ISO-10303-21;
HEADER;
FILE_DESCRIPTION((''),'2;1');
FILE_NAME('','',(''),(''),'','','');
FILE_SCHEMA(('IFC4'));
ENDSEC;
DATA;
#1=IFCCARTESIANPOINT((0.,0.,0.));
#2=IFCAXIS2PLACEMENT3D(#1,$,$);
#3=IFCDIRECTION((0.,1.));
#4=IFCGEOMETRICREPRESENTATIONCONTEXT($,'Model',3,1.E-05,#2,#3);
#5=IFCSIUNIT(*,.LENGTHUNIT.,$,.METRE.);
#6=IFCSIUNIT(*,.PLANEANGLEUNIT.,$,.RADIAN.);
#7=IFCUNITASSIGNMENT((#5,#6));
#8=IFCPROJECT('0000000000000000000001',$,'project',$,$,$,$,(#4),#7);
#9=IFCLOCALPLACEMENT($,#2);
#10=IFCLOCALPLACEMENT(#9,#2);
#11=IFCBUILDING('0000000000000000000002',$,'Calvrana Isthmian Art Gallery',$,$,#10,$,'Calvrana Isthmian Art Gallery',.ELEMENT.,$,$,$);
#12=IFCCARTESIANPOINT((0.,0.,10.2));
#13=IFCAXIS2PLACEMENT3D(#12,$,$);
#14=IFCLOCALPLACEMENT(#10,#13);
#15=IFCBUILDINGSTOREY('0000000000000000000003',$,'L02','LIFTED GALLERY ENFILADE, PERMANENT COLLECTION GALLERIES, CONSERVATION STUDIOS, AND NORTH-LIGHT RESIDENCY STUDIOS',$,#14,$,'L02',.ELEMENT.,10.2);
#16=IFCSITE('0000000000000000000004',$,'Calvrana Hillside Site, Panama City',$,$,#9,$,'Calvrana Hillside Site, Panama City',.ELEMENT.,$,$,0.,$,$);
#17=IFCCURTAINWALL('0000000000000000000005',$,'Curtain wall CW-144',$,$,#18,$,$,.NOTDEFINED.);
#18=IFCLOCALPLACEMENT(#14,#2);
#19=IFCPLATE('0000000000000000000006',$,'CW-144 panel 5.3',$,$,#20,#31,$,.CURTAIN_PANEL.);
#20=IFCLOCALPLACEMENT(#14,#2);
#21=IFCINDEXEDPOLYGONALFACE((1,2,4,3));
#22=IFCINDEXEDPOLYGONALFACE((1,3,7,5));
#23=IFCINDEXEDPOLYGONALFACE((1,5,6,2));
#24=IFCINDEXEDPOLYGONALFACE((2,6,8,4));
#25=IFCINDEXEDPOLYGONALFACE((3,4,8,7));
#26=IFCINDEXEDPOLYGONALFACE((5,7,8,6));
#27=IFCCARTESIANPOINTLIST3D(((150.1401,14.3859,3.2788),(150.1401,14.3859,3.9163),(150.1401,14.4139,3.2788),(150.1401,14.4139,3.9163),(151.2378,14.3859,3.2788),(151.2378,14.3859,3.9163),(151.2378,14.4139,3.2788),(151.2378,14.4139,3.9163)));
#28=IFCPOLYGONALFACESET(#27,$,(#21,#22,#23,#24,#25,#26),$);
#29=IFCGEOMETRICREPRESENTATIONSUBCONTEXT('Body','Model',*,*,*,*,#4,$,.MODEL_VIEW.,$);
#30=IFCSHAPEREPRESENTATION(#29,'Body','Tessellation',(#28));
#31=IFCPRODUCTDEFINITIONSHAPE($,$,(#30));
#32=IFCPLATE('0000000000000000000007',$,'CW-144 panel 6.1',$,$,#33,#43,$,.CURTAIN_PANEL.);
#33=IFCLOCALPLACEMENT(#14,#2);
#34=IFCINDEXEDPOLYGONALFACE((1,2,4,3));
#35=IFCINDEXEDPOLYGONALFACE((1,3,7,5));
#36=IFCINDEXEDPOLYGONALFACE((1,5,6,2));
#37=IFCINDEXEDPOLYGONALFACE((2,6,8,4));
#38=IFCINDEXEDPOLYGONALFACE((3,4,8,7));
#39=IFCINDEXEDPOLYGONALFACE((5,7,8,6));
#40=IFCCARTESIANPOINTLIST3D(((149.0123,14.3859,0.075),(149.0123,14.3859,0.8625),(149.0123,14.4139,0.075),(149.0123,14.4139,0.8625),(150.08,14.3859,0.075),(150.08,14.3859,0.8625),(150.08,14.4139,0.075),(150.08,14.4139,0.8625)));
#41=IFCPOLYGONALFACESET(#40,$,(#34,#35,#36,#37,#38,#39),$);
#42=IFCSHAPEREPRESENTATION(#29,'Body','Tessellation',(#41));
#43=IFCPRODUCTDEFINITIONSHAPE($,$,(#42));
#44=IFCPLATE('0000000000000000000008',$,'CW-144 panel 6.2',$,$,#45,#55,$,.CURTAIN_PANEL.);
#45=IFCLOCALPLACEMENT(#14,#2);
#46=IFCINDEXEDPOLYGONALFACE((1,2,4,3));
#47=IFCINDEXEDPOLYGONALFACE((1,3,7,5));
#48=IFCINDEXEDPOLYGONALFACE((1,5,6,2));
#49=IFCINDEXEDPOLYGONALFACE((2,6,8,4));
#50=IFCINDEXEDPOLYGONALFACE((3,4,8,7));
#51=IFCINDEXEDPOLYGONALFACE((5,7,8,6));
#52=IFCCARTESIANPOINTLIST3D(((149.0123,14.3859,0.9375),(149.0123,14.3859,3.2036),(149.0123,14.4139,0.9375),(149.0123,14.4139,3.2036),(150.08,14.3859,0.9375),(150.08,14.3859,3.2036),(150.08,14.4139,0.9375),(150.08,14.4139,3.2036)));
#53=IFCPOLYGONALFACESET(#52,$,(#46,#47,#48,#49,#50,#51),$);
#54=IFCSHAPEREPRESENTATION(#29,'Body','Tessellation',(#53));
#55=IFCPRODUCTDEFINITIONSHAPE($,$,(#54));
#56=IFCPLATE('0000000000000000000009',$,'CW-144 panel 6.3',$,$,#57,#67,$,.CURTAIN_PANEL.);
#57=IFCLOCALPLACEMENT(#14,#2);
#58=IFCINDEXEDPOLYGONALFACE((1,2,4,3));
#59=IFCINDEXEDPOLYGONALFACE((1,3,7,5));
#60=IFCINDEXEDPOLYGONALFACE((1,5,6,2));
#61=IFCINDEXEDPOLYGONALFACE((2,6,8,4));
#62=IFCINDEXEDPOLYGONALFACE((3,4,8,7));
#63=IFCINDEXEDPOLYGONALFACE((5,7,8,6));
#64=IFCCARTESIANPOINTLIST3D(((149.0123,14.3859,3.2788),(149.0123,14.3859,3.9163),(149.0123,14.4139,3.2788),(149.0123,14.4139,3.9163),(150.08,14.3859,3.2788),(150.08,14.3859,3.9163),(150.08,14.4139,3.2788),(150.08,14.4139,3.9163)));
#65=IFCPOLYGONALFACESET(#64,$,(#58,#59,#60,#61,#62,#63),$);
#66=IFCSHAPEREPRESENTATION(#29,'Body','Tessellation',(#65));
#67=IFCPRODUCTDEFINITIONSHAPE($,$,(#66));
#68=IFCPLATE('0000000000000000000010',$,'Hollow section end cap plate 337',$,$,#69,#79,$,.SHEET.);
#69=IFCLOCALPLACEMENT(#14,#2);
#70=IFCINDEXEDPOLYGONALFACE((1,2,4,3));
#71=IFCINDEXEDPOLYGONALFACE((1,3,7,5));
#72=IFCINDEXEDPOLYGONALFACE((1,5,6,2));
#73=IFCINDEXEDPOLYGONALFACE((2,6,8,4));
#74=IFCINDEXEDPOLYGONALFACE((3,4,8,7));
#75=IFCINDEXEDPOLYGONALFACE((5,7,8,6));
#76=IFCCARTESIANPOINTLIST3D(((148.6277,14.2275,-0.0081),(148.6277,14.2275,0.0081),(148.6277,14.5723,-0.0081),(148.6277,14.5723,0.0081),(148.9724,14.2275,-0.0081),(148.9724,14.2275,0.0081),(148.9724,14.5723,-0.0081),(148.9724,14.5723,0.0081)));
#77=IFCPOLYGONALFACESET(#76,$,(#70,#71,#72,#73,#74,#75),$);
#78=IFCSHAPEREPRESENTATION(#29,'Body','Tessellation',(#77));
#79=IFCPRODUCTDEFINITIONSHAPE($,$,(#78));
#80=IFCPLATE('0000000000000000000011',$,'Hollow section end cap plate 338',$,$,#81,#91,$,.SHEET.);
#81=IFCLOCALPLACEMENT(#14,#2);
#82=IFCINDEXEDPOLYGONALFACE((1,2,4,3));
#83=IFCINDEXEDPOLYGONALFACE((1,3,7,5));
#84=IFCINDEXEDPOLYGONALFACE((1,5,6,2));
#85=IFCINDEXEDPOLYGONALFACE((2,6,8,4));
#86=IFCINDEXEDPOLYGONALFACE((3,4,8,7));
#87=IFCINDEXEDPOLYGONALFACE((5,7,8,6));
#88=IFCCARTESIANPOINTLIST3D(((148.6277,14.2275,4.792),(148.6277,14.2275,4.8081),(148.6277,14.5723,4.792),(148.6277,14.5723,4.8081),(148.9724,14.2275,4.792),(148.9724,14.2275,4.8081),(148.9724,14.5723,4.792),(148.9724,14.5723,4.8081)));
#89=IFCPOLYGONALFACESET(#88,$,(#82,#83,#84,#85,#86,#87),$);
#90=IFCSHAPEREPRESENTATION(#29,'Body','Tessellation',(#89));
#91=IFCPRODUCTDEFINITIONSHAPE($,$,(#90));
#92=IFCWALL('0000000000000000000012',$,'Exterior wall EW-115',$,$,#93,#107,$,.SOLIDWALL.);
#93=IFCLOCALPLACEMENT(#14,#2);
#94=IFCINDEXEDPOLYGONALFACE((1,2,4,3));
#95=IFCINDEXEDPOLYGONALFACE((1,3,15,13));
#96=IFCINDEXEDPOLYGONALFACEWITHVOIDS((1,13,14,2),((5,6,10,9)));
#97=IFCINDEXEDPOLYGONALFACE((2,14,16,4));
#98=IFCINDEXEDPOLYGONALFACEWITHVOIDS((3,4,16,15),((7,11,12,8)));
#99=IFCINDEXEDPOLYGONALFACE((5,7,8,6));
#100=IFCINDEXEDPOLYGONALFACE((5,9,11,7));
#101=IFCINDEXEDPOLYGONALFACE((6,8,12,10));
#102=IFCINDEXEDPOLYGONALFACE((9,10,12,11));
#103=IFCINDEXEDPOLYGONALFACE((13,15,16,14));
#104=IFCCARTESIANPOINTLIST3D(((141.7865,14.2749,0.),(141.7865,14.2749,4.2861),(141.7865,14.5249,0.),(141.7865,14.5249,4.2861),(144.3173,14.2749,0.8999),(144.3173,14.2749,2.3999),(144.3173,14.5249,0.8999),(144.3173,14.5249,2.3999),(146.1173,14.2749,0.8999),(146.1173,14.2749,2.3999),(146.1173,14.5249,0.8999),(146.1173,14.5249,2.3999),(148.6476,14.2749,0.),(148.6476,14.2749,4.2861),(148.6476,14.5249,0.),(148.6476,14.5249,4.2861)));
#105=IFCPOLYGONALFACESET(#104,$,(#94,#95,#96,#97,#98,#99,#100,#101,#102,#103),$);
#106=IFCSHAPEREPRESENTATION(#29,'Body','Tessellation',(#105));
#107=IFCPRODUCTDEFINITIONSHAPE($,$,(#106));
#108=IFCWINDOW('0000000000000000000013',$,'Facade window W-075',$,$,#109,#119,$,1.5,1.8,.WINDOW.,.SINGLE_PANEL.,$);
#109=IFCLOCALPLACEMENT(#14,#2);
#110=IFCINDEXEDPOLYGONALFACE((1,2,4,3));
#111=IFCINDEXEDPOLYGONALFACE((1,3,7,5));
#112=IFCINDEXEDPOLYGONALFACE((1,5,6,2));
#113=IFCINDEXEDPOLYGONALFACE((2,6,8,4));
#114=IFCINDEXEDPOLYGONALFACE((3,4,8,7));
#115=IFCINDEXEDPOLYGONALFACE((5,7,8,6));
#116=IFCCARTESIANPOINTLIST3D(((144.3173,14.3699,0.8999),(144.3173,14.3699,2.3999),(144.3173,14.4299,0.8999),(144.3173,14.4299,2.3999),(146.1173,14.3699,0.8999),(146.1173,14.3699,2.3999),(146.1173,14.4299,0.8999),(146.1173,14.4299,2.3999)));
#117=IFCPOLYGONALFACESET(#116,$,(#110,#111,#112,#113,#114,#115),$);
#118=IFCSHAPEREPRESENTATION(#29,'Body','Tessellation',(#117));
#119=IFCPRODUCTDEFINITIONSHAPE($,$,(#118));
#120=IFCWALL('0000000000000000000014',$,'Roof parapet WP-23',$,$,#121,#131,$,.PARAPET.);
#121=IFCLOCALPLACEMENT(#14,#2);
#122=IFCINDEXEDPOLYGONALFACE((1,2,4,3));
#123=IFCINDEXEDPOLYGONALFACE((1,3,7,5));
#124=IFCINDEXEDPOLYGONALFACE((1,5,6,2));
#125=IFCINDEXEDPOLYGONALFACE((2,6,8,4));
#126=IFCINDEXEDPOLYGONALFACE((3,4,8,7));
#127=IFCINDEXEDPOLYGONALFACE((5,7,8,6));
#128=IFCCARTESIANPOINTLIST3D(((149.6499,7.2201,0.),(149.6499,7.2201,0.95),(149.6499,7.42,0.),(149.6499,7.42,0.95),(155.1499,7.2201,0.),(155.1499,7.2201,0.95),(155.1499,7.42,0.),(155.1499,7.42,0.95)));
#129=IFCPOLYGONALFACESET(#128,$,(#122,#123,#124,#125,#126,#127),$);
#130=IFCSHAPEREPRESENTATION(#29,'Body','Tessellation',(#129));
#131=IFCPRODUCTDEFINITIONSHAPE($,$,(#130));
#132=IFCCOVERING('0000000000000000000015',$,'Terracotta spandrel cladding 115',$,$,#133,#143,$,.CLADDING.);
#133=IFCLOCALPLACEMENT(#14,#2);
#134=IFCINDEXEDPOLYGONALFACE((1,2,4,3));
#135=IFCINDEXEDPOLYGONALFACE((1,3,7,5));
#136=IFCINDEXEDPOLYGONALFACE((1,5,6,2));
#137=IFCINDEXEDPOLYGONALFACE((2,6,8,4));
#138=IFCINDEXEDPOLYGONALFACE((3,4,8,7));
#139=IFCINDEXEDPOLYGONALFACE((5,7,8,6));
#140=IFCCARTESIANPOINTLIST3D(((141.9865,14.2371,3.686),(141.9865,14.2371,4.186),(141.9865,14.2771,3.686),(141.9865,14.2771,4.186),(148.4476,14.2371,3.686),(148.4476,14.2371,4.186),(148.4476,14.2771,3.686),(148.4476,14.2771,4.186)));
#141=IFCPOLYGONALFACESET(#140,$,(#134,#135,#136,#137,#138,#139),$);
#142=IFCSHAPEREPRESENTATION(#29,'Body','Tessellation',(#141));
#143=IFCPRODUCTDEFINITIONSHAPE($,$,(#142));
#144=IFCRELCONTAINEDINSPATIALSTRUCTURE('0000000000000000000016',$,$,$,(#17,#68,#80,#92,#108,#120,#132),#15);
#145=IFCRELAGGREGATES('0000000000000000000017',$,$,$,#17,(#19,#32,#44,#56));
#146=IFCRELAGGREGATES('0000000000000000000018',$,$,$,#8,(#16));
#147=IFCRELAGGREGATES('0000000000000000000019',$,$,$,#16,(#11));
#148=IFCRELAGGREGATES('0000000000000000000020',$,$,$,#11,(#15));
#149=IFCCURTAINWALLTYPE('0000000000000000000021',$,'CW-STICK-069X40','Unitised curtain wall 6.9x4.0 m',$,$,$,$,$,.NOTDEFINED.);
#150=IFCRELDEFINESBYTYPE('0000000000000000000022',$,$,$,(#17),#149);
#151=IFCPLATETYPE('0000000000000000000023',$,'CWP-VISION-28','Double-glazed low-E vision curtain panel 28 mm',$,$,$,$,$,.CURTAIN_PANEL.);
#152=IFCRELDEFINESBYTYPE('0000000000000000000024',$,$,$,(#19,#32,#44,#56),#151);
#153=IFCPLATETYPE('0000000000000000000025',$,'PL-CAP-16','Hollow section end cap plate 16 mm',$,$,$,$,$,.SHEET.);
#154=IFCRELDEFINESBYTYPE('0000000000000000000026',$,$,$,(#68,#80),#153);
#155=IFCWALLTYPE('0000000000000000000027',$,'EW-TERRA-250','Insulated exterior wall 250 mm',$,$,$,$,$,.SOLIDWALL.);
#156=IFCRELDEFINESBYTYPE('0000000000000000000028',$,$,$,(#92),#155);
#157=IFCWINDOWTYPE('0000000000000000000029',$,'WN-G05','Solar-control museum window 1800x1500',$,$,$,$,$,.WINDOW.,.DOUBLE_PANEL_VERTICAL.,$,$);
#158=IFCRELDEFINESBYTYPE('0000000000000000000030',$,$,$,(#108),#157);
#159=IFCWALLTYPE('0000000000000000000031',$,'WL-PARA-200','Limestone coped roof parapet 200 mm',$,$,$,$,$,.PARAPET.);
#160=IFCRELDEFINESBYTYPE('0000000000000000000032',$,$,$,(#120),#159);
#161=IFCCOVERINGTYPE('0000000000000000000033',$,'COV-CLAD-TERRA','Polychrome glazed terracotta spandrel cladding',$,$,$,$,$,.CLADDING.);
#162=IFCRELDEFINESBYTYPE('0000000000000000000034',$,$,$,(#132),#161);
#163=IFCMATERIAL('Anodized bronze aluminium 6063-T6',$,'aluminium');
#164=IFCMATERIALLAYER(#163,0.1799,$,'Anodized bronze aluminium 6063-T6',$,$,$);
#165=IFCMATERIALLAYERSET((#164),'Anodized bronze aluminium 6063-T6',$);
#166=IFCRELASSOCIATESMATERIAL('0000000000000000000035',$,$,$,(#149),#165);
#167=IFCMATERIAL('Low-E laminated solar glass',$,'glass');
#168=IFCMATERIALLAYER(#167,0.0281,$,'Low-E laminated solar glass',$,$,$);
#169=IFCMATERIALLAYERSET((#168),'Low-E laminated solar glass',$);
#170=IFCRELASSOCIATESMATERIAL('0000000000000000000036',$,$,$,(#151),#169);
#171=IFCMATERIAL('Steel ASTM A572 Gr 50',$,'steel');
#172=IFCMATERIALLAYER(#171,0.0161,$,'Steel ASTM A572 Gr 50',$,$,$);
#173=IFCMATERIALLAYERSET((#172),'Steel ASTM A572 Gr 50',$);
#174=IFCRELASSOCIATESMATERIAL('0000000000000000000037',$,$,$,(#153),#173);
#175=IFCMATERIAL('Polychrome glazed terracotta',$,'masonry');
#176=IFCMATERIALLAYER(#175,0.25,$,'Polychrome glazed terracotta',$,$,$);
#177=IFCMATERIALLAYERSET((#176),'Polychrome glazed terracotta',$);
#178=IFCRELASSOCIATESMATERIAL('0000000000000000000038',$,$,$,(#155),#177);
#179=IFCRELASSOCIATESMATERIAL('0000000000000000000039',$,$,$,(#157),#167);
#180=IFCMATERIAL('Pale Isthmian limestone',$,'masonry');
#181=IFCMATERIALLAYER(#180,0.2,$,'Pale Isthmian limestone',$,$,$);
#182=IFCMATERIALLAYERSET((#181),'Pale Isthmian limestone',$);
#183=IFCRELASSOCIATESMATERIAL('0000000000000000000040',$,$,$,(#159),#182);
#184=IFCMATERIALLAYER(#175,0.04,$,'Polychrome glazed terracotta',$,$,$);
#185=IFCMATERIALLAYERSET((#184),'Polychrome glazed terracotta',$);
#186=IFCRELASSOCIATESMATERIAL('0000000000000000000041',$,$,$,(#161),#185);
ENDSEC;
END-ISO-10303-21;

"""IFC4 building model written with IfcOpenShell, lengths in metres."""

from ifc_helpers import new_model, si_unit, direction, frame, frame_2d, origin, origin_2d, place, context, subcontext, project, spatial, rectangle, extrude, material, layer, layer_set, type_object, element, fill, aggregate, save


model = new_model("IFC4")

# Units and contexts
model_context = context("Model", 3, precision=1e-05, world=origin(), true_north=direction((0.0, 1.0)))
body_context = subcontext(model_context, "Body", "Model", "MODEL_VIEW")
ifc_project = project(units=[si_unit("LENGTHUNIT", "METRE"), si_unit("PLANEANGLEUNIT", "RADIAN")], contexts=[model_context])

# Site, building, storey
site_placement = place(None, origin())
site = spatial("IfcSite", under=ifc_project, at=site_placement, Name="Calvrana Hillside Site, Panama City", LongName="Calvrana Hillside Site, Panama City", CompositionType="ELEMENT", RefElevation=0.0)
building_placement = place(site_placement, origin())
building = spatial("IfcBuilding", under=site, at=building_placement, Name="Calvrana Isthmian Art Gallery", LongName="Calvrana Isthmian Art Gallery", CompositionType="ELEMENT")
storey_placement = place(building_placement, frame((0.0, 0.0, 10.2)))
storey = spatial("IfcBuildingStorey", under=building, at=storey_placement, Name="L02", Description="LIFTED GALLERY ENFILADE, PERMANENT COLLECTION GALLERIES, CONSERVATION STUDIOS, AND NORTH-LIGHT RESIDENCY STUDIOS", LongName="L02", CompositionType="ELEMENT", Elevation=10.2)

# Curtain wall, plates
ifc_material_1 = material(Name="Anodized bronze aluminium 6063-T6", Category="aluminium")
ifc_layer_1 = layer(ifc_material_1, 0.1799, Name="Anodized bronze aluminium 6063-T6")
ifc_layer_set_1 = layer_set([ifc_layer_1], Name="Anodized bronze aluminium 6063-T6")
curtain_wall_type = type_object("IfcCurtainWallType", Name="CW-STICK-069X40", Description="Unitised curtain wall 6.9x4.0 m", PredefinedType="NOTDEFINED", material=ifc_layer_set_1)
curtain_wall_placement = place(storey_placement, origin())
curtain_wall = element("IfcCurtainWall", 1, at=curtain_wall_placement, inside=storey, type_object=curtain_wall_type, Name="Curtain wall CW-144", PredefinedType="NOTDEFINED")
ifc_material_2 = material(Name="Low-E laminated solar glass", Category="glass")
ifc_layer_2 = layer(ifc_material_2, 0.0281, Name="Low-E laminated solar glass")
ifc_layer_set_2 = layer_set([ifc_layer_2], Name="Low-E laminated solar glass")
plate_type_1 = type_object("IfcPlateType", Name="CWP-VISION-28", Description="Double-glazed low-E vision curtain panel 28 mm", PredefinedType="CURTAIN_PANEL", material=ifc_layer_set_2)
plate_1_placement = place(storey_placement, frame((150.689, 14.3999, 3.2788), z_axis=(0.0, 0.0, 1.0), x_axis=(-1.0, 0.0, 0.0)))
plate_1 = element("IfcPlate", 2, at=plate_1_placement, type_object=plate_type_1, Name="CW-144 panel 5.3", PredefinedType="CURTAIN_PANEL", context=body_context, shape_type="SweptSolid", body=[
    extrude(rectangle(XDim=1.0977, YDim=0.0281, at=origin_2d()), origin(), (0.0, 0.0, 1.0), 0.6375),
])
plate_2_placement = place(storey_placement, frame((149.5461, 14.3999, 0.075), z_axis=(0.0, 0.0, 1.0), x_axis=(-1.0, 0.0, 0.0)))
plate_2 = element("IfcPlate", 3, at=plate_2_placement, type_object=plate_type_1, Name="CW-144 panel 6.1", PredefinedType="CURTAIN_PANEL", context=body_context, shape_type="SweptSolid", body=[
    extrude(rectangle(XDim=1.0676, YDim=0.0281, at=origin_2d()), origin(), (0.0, 0.0, 1.0), 0.7876),
])
plate_3_placement = place(storey_placement, frame((149.5461, 14.3999, 0.9375), z_axis=(0.0, 0.0, 1.0), x_axis=(-1.0, 0.0, 0.0)))
plate_3 = element("IfcPlate", 4, at=plate_3_placement, type_object=plate_type_1, Name="CW-144 panel 6.2", PredefinedType="CURTAIN_PANEL", context=body_context, shape_type="SweptSolid", body=[
    extrude(rectangle(XDim=1.0676, YDim=0.0281, at=origin_2d()), origin(), (0.0, 0.0, 1.0), 2.2661),
])
plate_4_placement = place(storey_placement, frame((149.5461, 14.3999, 3.2788), z_axis=(0.0, 0.0, 1.0), x_axis=(-1.0, 0.0, 0.0)))
plate_4 = element("IfcPlate", 5, at=plate_4_placement, type_object=plate_type_1, Name="CW-144 panel 6.3", PredefinedType="CURTAIN_PANEL", context=body_context, shape_type="SweptSolid", body=[
    extrude(rectangle(XDim=1.0676, YDim=0.0281, at=origin_2d()), origin(), (0.0, 0.0, 1.0), 0.6375),
])
aggregate(curtain_wall, [plate_1, plate_2, plate_3, plate_4])

# Plates
ifc_material_3 = material(Name="Steel ASTM A572 Gr 50", Category="steel")
ifc_layer_3 = layer(ifc_material_3, 0.0161, Name="Steel ASTM A572 Gr 50")
ifc_layer_set_3 = layer_set([ifc_layer_3], Name="Steel ASTM A572 Gr 50")
plate_type_2 = type_object("IfcPlateType", Name="PL-CAP-16", Description="Hollow section end cap plate 16 mm", PredefinedType="SHEET", material=ifc_layer_set_3)
for number, where, z_axis, x_axis, name in (
    (6, (148.8, 14.3999, -0.0081), (0.0, 0.0, 1.0), (1.0, 0.0, 0.0), "Hollow section end cap plate 337"),
    (7, (148.8, 14.3999, 4.792), (0.0, 0.0, 1.0), (1.0, 0.0, 0.0), "Hollow section end cap plate 338"),
):
    element("IfcPlate", number, at=place(storey_placement, frame(where, z_axis=z_axis, x_axis=x_axis)), inside=storey, type_object=plate_type_2, Name=name, PredefinedType="SHEET", context=body_context, shape_type="SweptSolid", body=[
        extrude(rectangle(XDim=0.3447, YDim=0.3447, at=origin_2d()), origin(), (0.0, 0.0, 1.0), 0.0161),
    ])

# Wall, opening, window
ifc_material_4 = material(Name="Polychrome glazed terracotta", Category="masonry")
ifc_layer_4 = layer(ifc_material_4, 0.25, Name="Polychrome glazed terracotta")
ifc_layer_set_4 = layer_set([ifc_layer_4], Name="Polychrome glazed terracotta")
wall_type_1 = type_object("IfcWallType", Name="EW-TERRA-250", Description="Insulated exterior wall 250 mm", PredefinedType="SOLIDWALL", material=ifc_layer_set_4)
wall_1_placement = place(storey_placement, frame((148.6477, 14.3999, 0.0), z_axis=(0.0, 0.0, 1.0), x_axis=(-1.0, 0.0, 0.0)))
wall_1 = element("IfcWall", 8, at=wall_1_placement, inside=storey, type_object=wall_type_1, Name="Exterior wall EW-115", PredefinedType="SOLIDWALL", context=body_context, shape_type="SweptSolid", body=[
    extrude(rectangle(XDim=6.8611, YDim=0.25, at=frame_2d((3.4307, 0.0))), origin(), (0.0, 0.0, 1.0), 4.2861),
])
opening_placement = place(wall_1_placement, frame((2.5305, 0.0, 0.8999)))
opening = element("IfcOpeningElement", 9, at=opening_placement, cuts=wall_1, PredefinedType="OPENING", context=body_context, shape_type="SweptSolid", body=[
    extrude(rectangle(XDim=1.8, YDim=1.5, at=frame_2d((0.8999, 0.75))), frame((0.0, 0.1353, 0.0), z_axis=(0.0, -1.0, 0.0), x_axis=(1.0, 0.0, 0.0)), (0.0, 0.0, 1.0), 0.2705),
])
window_type = type_object("IfcWindowType", Name="WN-G05", Description="Solar-control museum window 1800x1500", PartitioningType="DOUBLE_PANEL_VERTICAL", PredefinedType="WINDOW", material=ifc_material_2)
window_placement = place(opening_placement, origin())
window = element("IfcWindow", 10, at=window_placement, inside=storey, type_object=window_type, Name="Facade window W-075", OverallHeight=1.5, OverallWidth=1.8, PartitioningType="SINGLE_PANEL", PredefinedType="WINDOW", context=body_context, shape_type="SweptSolid", body=[
    extrude(rectangle(XDim=1.8, YDim=1.5, at=frame_2d((0.8999, 0.75))), frame((0.0, 0.03, 0.0), z_axis=(0.0, -1.0, 0.0), x_axis=(1.0, 0.0, 0.0)), (0.0, 0.0, 1.0), 0.0601),
])
fill(opening, window)

# Wall
ifc_material_5 = material(Name="Pale Isthmian limestone", Category="masonry")
ifc_layer_5 = layer(ifc_material_5, 0.2, Name="Pale Isthmian limestone")
ifc_layer_set_5 = layer_set([ifc_layer_5], Name="Pale Isthmian limestone")
wall_type_2 = type_object("IfcWallType", Name="WL-PARA-200", Description="Limestone coped roof parapet 200 mm", PredefinedType="PARAPET", material=ifc_layer_set_5)
wall_2_placement = place(storey_placement, frame((149.6499, 7.3201, 0.0), z_axis=(0.0, 0.0, 1.0), x_axis=(1.0, 0.0, 0.0)))
element("IfcWall", 11, at=wall_2_placement, inside=storey, type_object=wall_type_2, Name="Roof parapet WP-23", PredefinedType="PARAPET", context=body_context, shape_type="SweptSolid", body=[
    extrude(rectangle(XDim=5.5, YDim=0.2, at=frame_2d((2.75, 0.0))), origin(), (0.0, 0.0, 1.0), 0.95),
])

# Covering
ifc_layer_6 = layer(ifc_material_4, 0.04, Name="Polychrome glazed terracotta")
ifc_layer_set_6 = layer_set([ifc_layer_6], Name="Polychrome glazed terracotta")
covering_type = type_object("IfcCoveringType", Name="COV-CLAD-TERRA", Description="Polychrome glazed terracotta spandrel cladding", PredefinedType="CLADDING", material=ifc_layer_set_6)
covering_placement = place(storey_placement, frame((145.217, 14.2571, 3.686), z_axis=(0.0, 0.0, 1.0), x_axis=(-1.0, 0.0, 0.0)))
element("IfcCovering", 12, at=covering_placement, inside=storey, type_object=covering_type, Name="Terracotta spandrel cladding 115", PredefinedType="CLADDING", context=body_context, shape_type="SweptSolid", body=[
    extrude(rectangle(XDim=6.4612, YDim=0.04, at=origin_2d()), origin(), (0.0, 0.0, 1.0), 0.5),
])

save(model, "model.ifc")
